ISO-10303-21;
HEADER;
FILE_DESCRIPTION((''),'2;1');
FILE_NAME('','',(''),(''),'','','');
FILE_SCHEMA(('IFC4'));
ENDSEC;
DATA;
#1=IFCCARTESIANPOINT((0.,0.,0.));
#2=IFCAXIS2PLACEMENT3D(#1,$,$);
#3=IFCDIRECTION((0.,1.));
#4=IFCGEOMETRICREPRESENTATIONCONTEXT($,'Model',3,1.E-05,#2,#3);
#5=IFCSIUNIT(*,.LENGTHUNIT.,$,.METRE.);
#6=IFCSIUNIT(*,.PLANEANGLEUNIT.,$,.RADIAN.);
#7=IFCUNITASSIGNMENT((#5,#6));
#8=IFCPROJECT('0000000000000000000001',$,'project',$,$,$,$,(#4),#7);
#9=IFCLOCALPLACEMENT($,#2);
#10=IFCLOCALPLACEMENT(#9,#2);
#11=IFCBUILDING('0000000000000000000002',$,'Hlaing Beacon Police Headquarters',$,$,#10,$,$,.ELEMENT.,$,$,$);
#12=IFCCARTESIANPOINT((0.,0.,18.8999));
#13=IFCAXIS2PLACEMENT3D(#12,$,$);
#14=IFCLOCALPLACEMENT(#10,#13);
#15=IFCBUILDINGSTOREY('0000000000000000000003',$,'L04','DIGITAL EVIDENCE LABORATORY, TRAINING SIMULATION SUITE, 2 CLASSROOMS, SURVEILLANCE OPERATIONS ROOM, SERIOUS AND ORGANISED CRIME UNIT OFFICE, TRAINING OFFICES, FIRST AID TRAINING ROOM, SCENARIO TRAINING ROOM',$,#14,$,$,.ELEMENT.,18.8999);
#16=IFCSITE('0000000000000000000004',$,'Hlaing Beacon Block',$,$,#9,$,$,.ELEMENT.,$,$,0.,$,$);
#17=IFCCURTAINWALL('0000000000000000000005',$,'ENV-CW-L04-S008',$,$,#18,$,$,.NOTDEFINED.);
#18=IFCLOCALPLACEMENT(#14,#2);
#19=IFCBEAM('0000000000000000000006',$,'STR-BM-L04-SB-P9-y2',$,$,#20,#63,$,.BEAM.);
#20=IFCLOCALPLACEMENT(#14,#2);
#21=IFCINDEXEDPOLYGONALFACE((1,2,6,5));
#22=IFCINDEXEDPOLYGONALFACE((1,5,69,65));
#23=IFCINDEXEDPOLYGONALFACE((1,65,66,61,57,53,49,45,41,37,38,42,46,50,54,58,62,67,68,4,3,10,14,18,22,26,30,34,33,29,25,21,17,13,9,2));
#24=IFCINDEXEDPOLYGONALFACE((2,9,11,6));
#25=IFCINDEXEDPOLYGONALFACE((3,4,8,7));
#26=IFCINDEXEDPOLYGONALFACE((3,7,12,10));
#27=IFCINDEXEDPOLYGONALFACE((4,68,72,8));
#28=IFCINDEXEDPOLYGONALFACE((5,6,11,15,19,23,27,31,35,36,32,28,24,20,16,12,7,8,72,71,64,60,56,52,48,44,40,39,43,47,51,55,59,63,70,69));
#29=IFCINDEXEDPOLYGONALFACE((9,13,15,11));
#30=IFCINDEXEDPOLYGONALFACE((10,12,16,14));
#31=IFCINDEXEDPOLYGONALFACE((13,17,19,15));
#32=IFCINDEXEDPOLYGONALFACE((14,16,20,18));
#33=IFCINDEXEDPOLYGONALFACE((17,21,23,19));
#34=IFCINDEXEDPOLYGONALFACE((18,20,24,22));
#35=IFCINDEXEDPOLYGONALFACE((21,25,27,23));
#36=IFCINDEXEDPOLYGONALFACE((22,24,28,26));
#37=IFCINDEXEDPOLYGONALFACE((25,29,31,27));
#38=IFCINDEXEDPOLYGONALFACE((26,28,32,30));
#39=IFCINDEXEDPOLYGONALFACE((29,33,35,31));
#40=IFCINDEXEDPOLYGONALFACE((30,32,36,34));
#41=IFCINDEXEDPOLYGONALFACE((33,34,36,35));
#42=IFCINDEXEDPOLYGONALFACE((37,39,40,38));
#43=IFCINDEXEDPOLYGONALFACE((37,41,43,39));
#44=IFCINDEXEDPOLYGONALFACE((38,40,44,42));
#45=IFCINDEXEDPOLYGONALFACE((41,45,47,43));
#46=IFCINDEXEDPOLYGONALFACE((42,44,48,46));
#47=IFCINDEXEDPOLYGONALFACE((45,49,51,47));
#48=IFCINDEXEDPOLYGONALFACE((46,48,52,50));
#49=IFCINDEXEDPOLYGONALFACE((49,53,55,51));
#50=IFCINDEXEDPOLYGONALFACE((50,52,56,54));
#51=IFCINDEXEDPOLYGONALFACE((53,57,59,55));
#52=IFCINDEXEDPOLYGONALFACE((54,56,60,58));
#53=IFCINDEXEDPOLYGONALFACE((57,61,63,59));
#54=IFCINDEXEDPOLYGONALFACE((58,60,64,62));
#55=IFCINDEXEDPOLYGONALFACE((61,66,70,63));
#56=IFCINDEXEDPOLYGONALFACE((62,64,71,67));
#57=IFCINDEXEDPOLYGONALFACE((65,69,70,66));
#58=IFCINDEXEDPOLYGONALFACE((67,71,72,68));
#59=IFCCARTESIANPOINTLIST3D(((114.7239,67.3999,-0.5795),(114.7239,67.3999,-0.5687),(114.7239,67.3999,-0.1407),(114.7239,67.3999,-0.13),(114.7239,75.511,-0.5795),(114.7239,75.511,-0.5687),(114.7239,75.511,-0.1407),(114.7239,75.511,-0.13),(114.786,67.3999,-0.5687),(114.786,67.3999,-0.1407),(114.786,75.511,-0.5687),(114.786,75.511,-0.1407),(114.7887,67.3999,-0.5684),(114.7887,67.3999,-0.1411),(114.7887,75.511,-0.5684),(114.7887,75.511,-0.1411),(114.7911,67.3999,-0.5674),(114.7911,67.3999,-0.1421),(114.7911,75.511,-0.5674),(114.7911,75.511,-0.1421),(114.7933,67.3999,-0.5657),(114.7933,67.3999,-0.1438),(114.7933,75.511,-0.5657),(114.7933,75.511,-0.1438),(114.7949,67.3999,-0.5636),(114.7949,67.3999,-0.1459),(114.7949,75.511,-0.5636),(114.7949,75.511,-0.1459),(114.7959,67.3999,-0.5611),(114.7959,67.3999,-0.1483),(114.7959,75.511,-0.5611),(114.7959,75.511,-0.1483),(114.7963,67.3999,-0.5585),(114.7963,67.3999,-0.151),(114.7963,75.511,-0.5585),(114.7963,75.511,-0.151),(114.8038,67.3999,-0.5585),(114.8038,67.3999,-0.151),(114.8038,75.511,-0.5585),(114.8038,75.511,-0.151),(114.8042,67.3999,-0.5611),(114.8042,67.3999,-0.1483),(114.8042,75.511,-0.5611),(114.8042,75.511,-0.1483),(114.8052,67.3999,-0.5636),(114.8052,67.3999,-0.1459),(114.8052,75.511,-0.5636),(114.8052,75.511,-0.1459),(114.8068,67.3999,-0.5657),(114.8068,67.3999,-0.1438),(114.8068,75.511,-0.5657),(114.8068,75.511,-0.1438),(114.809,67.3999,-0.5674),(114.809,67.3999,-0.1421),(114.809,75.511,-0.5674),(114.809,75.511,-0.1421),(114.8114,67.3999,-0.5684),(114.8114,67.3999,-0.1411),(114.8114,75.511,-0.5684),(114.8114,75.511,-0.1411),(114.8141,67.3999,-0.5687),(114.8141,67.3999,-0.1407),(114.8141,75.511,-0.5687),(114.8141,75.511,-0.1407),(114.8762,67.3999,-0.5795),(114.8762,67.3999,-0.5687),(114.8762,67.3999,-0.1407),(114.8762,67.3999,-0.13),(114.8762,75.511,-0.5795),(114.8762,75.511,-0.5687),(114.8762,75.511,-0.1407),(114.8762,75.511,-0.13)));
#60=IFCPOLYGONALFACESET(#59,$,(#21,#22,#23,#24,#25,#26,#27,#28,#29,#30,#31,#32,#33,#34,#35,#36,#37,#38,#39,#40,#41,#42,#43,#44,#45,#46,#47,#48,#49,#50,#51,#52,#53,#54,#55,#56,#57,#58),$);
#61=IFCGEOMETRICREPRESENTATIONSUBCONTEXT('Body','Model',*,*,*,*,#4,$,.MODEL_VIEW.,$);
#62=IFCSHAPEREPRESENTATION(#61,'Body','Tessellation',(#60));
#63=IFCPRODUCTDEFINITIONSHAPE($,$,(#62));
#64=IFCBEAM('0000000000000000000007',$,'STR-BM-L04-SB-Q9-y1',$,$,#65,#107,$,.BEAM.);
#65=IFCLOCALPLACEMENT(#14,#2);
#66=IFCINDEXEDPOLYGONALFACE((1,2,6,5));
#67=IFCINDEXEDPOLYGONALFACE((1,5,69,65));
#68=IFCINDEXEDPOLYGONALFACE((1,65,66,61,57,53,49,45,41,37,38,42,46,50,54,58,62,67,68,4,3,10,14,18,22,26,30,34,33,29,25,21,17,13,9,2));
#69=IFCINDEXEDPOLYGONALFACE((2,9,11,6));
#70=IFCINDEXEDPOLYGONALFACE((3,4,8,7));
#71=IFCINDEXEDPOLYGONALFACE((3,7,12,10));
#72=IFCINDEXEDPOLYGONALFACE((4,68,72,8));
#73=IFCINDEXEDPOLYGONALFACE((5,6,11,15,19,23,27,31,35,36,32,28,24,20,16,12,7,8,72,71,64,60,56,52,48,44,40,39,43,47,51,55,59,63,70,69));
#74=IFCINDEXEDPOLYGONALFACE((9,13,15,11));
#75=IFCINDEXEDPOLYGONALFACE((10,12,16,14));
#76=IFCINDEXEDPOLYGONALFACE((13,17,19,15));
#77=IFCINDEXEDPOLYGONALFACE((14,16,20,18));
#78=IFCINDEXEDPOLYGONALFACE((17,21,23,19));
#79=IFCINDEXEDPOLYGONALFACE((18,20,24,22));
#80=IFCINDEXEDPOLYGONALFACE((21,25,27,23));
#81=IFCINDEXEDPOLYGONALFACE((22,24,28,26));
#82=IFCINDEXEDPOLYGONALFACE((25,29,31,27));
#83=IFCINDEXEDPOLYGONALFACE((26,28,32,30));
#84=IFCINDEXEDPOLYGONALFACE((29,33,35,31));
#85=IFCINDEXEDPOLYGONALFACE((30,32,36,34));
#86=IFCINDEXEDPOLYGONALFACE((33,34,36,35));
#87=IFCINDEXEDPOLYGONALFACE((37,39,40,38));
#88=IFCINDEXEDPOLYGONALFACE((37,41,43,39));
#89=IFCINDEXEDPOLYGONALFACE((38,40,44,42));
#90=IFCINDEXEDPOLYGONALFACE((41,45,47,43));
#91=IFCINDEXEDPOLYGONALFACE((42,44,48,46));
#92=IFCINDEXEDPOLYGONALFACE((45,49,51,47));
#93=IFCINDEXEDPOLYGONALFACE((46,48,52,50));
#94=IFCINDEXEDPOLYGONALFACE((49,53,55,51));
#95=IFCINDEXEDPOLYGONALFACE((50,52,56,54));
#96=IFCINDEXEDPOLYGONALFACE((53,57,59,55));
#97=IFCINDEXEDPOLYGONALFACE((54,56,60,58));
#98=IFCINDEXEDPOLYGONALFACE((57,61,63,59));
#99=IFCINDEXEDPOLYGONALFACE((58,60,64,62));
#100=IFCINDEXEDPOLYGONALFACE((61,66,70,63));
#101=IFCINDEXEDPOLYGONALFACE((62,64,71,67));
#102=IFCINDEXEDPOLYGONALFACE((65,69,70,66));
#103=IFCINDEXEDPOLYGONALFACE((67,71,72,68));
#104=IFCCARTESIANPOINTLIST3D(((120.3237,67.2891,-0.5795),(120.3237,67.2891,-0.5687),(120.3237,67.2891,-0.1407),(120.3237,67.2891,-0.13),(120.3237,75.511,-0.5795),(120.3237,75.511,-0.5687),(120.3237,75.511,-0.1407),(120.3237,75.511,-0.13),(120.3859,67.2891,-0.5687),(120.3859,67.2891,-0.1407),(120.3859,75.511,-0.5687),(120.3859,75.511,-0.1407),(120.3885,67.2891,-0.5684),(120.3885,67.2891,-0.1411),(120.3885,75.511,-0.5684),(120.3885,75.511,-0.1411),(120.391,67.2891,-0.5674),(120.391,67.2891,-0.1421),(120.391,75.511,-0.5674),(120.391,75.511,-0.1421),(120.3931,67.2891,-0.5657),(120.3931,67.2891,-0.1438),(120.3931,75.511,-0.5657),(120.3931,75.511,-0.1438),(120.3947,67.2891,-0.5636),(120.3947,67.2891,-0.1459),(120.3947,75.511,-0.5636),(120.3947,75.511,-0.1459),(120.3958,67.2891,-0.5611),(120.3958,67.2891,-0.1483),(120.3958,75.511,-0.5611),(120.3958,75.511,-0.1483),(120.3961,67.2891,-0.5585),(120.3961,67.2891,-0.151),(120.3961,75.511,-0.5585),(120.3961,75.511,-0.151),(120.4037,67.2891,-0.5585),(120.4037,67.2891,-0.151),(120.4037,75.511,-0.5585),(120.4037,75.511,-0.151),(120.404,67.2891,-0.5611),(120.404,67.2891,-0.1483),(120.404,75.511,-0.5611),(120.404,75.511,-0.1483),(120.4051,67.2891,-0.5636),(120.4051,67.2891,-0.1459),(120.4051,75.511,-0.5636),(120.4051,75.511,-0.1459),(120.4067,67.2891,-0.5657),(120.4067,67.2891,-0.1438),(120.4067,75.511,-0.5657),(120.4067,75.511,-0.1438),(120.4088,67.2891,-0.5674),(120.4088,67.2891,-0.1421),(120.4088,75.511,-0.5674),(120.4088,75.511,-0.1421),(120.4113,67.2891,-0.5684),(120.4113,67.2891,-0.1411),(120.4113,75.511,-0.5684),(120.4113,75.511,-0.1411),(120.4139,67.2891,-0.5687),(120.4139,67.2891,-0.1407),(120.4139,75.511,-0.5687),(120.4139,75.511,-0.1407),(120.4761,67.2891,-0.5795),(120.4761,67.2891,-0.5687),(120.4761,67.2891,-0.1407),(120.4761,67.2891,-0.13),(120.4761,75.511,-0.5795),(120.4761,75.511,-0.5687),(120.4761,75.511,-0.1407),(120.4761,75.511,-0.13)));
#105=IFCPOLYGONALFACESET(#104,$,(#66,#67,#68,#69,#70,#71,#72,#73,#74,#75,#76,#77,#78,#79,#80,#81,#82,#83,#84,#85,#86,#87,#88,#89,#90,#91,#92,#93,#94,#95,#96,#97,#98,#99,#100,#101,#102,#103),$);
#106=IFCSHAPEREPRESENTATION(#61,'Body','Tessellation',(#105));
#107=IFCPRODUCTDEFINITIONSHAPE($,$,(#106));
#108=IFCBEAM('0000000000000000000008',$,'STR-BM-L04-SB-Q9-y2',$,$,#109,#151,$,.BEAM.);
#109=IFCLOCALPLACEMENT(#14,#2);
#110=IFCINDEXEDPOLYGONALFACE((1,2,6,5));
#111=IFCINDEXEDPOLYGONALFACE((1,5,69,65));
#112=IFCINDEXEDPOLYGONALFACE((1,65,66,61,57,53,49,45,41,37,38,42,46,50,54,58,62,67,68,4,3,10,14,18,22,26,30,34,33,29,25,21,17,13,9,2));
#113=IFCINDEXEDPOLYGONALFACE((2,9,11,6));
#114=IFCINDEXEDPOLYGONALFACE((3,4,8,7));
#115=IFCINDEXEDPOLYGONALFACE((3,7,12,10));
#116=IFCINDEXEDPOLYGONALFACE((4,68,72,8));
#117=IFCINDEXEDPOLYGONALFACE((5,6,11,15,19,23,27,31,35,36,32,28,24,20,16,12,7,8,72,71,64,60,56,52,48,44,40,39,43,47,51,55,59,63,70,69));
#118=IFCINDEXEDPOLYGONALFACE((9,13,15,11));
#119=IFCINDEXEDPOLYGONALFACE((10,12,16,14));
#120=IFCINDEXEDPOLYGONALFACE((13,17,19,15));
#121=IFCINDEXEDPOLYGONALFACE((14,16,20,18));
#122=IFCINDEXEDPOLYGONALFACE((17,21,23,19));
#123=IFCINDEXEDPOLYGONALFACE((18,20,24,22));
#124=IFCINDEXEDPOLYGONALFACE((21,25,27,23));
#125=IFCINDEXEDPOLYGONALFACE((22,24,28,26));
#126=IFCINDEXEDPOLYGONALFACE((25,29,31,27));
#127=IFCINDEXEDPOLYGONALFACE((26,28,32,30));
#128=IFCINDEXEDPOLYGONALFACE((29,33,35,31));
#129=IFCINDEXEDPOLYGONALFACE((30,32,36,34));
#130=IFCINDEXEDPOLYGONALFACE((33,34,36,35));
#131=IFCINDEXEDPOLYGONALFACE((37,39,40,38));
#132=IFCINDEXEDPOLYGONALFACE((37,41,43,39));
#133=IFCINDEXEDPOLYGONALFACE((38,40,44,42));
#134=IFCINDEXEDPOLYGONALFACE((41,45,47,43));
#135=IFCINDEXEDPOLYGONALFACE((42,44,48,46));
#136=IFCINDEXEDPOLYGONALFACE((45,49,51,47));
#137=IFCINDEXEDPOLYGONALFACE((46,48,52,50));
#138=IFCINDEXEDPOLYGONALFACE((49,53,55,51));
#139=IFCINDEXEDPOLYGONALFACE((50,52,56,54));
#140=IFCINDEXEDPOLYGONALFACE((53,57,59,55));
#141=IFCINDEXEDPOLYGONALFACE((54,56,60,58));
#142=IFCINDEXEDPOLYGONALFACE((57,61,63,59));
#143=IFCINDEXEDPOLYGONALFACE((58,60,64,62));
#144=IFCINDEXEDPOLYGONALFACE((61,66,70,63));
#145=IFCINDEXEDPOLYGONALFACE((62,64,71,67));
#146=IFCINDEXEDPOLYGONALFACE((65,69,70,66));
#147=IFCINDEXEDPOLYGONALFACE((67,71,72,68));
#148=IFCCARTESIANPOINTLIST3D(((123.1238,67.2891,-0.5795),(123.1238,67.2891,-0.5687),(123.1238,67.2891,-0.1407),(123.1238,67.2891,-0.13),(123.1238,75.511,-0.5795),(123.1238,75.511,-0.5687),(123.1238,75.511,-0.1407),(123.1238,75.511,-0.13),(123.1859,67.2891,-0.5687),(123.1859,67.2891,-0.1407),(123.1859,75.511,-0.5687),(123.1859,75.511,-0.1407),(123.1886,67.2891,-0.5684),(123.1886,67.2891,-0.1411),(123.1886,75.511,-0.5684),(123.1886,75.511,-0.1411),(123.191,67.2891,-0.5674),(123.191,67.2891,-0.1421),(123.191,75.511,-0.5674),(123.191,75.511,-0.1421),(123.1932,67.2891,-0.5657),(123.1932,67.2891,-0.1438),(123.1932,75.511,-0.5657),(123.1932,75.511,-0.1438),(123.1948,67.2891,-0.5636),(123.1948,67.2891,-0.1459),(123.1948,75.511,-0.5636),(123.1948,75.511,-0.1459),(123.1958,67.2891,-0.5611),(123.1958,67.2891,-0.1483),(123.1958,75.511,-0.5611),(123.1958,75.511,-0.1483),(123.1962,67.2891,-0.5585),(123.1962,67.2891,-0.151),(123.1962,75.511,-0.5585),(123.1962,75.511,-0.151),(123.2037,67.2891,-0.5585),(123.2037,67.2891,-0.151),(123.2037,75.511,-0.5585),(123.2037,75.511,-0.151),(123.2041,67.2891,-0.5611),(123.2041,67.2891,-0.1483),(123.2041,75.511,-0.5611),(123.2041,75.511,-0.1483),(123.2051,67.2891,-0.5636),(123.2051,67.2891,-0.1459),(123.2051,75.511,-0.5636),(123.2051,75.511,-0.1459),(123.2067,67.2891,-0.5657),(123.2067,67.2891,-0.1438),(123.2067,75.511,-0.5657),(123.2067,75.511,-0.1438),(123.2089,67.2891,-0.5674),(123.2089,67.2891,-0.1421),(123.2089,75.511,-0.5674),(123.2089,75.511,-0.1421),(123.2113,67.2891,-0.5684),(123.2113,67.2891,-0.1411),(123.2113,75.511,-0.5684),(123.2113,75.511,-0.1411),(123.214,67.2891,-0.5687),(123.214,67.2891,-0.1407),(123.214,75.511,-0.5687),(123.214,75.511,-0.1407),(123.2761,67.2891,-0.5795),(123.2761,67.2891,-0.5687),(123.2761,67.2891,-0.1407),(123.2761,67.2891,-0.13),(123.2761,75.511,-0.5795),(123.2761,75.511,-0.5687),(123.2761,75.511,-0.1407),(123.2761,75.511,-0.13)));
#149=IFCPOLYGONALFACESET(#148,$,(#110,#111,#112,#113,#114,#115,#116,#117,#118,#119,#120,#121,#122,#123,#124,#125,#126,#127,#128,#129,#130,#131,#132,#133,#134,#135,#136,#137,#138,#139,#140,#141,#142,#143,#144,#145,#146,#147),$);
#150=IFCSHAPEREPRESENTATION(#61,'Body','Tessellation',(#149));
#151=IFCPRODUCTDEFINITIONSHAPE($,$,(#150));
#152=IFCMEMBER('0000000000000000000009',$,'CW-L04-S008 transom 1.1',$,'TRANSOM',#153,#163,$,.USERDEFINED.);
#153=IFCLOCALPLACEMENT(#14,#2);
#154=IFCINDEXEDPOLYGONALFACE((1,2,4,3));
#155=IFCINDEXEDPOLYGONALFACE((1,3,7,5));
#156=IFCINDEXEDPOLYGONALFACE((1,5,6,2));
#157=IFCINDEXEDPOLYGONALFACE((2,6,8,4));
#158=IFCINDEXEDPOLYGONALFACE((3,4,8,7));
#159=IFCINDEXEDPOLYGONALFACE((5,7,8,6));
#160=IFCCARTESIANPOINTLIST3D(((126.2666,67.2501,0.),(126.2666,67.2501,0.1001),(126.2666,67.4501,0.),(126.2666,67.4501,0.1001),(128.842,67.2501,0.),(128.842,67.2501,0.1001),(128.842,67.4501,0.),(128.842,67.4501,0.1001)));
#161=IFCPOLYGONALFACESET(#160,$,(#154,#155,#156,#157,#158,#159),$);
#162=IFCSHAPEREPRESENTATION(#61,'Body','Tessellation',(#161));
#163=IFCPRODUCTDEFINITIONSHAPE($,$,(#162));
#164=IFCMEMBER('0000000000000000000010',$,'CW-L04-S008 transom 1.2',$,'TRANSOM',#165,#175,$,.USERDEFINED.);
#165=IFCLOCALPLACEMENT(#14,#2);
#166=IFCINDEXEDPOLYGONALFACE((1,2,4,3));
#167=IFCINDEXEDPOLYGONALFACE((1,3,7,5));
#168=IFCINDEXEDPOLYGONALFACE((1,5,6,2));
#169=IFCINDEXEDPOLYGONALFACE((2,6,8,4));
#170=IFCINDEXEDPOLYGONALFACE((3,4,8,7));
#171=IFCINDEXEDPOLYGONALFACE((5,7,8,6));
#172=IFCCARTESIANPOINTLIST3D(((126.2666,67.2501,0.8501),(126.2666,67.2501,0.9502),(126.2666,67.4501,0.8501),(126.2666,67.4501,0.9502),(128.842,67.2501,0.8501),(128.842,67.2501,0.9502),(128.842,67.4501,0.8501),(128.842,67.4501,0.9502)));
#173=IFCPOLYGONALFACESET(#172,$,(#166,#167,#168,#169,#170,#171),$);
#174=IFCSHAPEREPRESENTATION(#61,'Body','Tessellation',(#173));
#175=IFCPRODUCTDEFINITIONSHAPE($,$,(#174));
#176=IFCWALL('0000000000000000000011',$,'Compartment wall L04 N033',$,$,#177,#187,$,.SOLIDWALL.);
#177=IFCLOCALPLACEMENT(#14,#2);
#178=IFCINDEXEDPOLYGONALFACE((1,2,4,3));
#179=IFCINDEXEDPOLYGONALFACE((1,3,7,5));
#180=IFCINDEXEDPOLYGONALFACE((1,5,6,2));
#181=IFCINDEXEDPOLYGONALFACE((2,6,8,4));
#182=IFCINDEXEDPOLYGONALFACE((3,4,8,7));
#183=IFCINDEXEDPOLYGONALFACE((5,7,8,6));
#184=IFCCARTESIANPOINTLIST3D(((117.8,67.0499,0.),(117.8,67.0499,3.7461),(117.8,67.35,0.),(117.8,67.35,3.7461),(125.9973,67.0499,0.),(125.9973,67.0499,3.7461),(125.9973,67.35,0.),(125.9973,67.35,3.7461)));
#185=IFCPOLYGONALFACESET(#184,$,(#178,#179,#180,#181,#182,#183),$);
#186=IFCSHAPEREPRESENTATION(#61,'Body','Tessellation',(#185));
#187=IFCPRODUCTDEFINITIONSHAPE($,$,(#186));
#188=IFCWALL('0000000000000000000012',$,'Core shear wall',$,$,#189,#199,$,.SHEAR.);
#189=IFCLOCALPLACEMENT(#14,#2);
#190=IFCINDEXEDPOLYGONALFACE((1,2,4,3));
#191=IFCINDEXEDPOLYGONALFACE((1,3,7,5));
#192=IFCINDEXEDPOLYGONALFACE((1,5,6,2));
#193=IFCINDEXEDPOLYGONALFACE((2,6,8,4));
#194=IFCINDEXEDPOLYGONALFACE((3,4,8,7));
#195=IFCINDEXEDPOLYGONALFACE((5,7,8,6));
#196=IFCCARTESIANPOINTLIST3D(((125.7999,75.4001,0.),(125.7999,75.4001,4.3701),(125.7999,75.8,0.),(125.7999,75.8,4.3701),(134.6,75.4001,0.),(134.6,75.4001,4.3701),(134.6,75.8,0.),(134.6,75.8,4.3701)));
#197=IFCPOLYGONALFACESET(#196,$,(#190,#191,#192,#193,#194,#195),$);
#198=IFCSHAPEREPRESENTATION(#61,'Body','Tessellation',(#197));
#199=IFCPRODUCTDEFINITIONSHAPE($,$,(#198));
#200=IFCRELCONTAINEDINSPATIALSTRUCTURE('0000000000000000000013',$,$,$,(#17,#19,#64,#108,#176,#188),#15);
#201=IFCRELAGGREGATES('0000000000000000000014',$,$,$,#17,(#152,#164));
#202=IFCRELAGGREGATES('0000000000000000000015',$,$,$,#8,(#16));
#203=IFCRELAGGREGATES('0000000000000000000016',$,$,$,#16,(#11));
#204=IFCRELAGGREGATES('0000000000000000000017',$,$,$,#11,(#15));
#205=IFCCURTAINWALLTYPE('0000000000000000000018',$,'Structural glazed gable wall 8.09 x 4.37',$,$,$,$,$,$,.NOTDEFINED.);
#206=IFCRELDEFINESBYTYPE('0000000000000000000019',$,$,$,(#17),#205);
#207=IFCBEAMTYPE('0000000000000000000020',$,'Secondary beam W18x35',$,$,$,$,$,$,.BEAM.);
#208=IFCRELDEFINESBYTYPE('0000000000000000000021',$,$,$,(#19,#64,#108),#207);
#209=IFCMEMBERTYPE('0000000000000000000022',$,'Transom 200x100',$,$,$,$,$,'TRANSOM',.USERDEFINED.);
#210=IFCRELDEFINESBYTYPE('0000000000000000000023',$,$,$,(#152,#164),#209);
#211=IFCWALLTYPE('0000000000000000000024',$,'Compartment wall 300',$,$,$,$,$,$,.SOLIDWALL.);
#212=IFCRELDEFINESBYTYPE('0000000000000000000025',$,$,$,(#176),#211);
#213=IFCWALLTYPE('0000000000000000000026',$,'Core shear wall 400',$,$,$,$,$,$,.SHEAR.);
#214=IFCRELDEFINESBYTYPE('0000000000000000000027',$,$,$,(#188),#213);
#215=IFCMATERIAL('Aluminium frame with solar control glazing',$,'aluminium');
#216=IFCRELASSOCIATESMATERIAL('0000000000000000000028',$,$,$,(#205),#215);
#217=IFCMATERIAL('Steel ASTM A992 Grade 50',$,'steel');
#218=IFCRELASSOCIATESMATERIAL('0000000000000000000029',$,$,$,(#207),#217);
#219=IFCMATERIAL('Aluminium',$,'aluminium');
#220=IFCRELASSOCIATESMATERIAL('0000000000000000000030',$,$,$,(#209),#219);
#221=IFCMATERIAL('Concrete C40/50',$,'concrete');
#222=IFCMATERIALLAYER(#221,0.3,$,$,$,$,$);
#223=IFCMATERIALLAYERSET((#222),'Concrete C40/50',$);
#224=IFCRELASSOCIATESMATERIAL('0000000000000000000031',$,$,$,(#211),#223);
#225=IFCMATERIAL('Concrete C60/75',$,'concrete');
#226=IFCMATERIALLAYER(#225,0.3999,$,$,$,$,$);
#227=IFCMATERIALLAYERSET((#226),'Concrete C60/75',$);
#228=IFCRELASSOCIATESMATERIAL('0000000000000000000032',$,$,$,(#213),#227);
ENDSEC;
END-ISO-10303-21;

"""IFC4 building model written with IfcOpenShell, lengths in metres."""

from ifc_helpers import new_model, si_unit, direction, frame, frame_2d, origin, origin_2d, place, context, subcontext, project, spatial, rectangle, i_section, extrude, material, layer, layer_set, material_profile, profile_set, type_object, element, aggregate, save


model = new_model("IFC4")

# Units and contexts
model_context = context("Model", 3, precision=1e-05, world=origin(), true_north=direction((0.0, 1.0)))
body_context = subcontext(model_context, "Body", "Model", "MODEL_VIEW")
ifc_project = project(units=[si_unit("LENGTHUNIT", "METRE"), si_unit("PLANEANGLEUNIT", "RADIAN")], contexts=[model_context])

# Site, building, storey
site_placement = place(None, origin())
site = spatial("IfcSite", under=ifc_project, at=site_placement, Name="Hlaing Beacon Block", CompositionType="ELEMENT", RefElevation=0.0)
building_placement = place(site_placement, origin())
building = spatial("IfcBuilding", under=site, at=building_placement, Name="Hlaing Beacon Police Headquarters", CompositionType="ELEMENT")
storey_placement = place(building_placement, frame((0.0, 0.0, 18.8999)))
storey = spatial("IfcBuildingStorey", under=building, at=storey_placement, Name="L04", Description="DIGITAL EVIDENCE LABORATORY, TRAINING SIMULATION SUITE, 2 CLASSROOMS, SURVEILLANCE OPERATIONS ROOM, SERIOUS AND ORGANISED CRIME UNIT OFFICE, TRAINING OFFICES, FIRST AID TRAINING ROOM, SCENARIO TRAINING ROOM", CompositionType="ELEMENT", Elevation=18.8999)

# Curtain wall
ifc_material_1 = material(Name="Aluminium frame with solar control glazing", Category="aluminium")
curtain_wall_type = type_object("IfcCurtainWallType", Name="Structural glazed gable wall 8.09 x 4.37", PredefinedType="NOTDEFINED", material=ifc_material_1)
curtain_wall_placement = place(storey_placement, origin())
curtain_wall = element("IfcCurtainWall", 1, at=curtain_wall_placement, inside=storey, type_object=curtain_wall_type, Name="ENV-CW-L04-S008", PredefinedType="NOTDEFINED")

# Beams
ifc_material_2 = material(Name="Steel ASTM A992 Grade 50", Category="steel")
ifc_material_profile_1 = material_profile(ifc_material_2, i_section(OverallWidth=0.1523, OverallDepth=0.4495, WebThickness=0.0076, FlangeThickness=0.0107, FilletRadius=0.0103, at=origin_2d()), Name="W18x35")
ifc_profile_set_1 = profile_set([ifc_material_profile_1], Name="Steel ASTM A992 Grade 50")
beam_type_1 = type_object("IfcBeamType", Name="Secondary beam W18x35", PredefinedType="BEAM", material=ifc_profile_set_1)
beam_1_placement = place(storey_placement, frame((114.8, 67.3999, -0.3547), z_axis=(0.0, 1.0, 0.0), x_axis=(-1.0, 0.0, 0.0)))
element("IfcBeam", 2, at=beam_1_placement, inside=storey, type_object=beam_type_1, Name="STR-BM-L04-SB-P9-y2", PredefinedType="BEAM", context=body_context, shape_type="SweptSolid", body=[
    extrude(i_section(OverallWidth=0.1523, OverallDepth=0.4495, WebThickness=0.0076, FlangeThickness=0.0107, FilletRadius=0.0103, at=origin_2d()), origin(), (0.0, 0.0, 1.0), 8.1111),
])
for number, where, z_axis, x_axis, name in (
    (3, (120.3999, 67.2891, -0.3547), (0.0, 1.0, 0.0), (-1.0, 0.0, 0.0), "STR-BM-L04-SB-Q9-y1"),
    (4, (123.2, 67.2891, -0.3547), (0.0, 1.0, 0.0), (-1.0, 0.0, 0.0), "STR-BM-L04-SB-Q9-y2"),
):
    element("IfcBeam", number, at=place(storey_placement, frame(where, z_axis=z_axis, x_axis=x_axis)), inside=storey, type_object=beam_type_1, Name=name, PredefinedType="BEAM", context=body_context, shape_type="SweptSolid", body=[
        extrude(i_section(OverallWidth=0.1523, OverallDepth=0.4495, WebThickness=0.0076, FlangeThickness=0.0107, FilletRadius=0.0103, at=origin_2d()), origin(), (0.0, 0.0, 1.0), 8.2219),
    ])

# Members
ifc_material_3 = material(Name="Aluminium", Category="aluminium")
ifc_material_profile_2 = material_profile(ifc_material_3, rectangle(XDim=0.2, YDim=0.1001, at=origin_2d()), Name="Transom 200x100")
ifc_profile_set_2 = profile_set([ifc_material_profile_2], Name="Aluminium")
member_type_1 = type_object("IfcMemberType", Name="Transom 200x100", ElementType="TRANSOM", PredefinedType="USERDEFINED", material=ifc_profile_set_2)
member_1_placement = place(storey_placement, frame((126.2666, 67.3501, 0.05), z_axis=(1.0, 0.0, 0.0), x_axis=(0.0, 1.0, 0.0)))
member_1 = element("IfcMember", 5, at=member_1_placement, type_object=member_type_1, Name="CW-L04-S008 transom 1.1", ObjectType="TRANSOM", PredefinedType="USERDEFINED", context=body_context, shape_type="SweptSolid", body=[
    extrude(rectangle(XDim=0.2, YDim=0.1001, at=origin_2d()), origin(), (0.0, 0.0, 1.0), 2.5754),
])
member_2_placement = place(storey_placement, frame((126.2666, 67.3501, 0.9001), z_axis=(1.0, 0.0, 0.0), x_axis=(0.0, 1.0, 0.0)))
member_2 = element("IfcMember", 6, at=member_2_placement, type_object=member_type_1, Name="CW-L04-S008 transom 1.2", ObjectType="TRANSOM", PredefinedType="USERDEFINED", context=body_context, shape_type="SweptSolid", body=[
    extrude(rectangle(XDim=0.2, YDim=0.1001, at=origin_2d()), origin(), (0.0, 0.0, 1.0), 2.5754),
])
aggregate(curtain_wall, [member_1, member_2])

# Walls
ifc_material_4 = material(Name="Concrete C40/50", Category="concrete")
ifc_layer_1 = layer(ifc_material_4, 0.3)
ifc_layer_set_1 = layer_set([ifc_layer_1], Name="Concrete C40/50")
wall_type_1 = type_object("IfcWallType", Name="Compartment wall 300", PredefinedType="SOLIDWALL", material=ifc_layer_set_1)
wall_1_placement = place(storey_placement, frame((125.9973, 67.2, 0.0), z_axis=(0.0, 0.0, 1.0), x_axis=(-1.0, 0.0, 0.0)))
element("IfcWall", 7, at=wall_1_placement, inside=storey, type_object=wall_type_1, Name="Compartment wall L04 N033", PredefinedType="SOLIDWALL", context=body_context, shape_type="SweptSolid", body=[
    extrude(rectangle(XDim=8.1973, YDim=0.3, at=frame_2d((4.0986, 0.0))), origin(), (0.0, 0.0, 1.0), 3.7461),
])
ifc_material_5 = material(Name="Concrete C60/75", Category="concrete")
ifc_layer_2 = layer(ifc_material_5, 0.3999)
ifc_layer_set_2 = layer_set([ifc_layer_2], Name="Concrete C60/75")
wall_type_2 = type_object("IfcWallType", Name="Core shear wall 400", PredefinedType="SHEAR", material=ifc_layer_set_2)
wall_2_placement = place(storey_placement, frame((125.8, 75.6001, 0.0), z_axis=(0.0, 0.0, 1.0), x_axis=(1.0, 0.0, 0.0)))
element("IfcWall", 8, at=wall_2_placement, inside=storey, type_object=wall_type_2, Name="Core shear wall", PredefinedType="SHEAR", context=body_context, shape_type="SweptSolid", body=[
    extrude(rectangle(XDim=8.8, YDim=0.3999, at=frame_2d((4.3999, 0.0))), origin(), (0.0, 0.0, 1.0), 4.3701),
])

save(model, "model.ifc")
